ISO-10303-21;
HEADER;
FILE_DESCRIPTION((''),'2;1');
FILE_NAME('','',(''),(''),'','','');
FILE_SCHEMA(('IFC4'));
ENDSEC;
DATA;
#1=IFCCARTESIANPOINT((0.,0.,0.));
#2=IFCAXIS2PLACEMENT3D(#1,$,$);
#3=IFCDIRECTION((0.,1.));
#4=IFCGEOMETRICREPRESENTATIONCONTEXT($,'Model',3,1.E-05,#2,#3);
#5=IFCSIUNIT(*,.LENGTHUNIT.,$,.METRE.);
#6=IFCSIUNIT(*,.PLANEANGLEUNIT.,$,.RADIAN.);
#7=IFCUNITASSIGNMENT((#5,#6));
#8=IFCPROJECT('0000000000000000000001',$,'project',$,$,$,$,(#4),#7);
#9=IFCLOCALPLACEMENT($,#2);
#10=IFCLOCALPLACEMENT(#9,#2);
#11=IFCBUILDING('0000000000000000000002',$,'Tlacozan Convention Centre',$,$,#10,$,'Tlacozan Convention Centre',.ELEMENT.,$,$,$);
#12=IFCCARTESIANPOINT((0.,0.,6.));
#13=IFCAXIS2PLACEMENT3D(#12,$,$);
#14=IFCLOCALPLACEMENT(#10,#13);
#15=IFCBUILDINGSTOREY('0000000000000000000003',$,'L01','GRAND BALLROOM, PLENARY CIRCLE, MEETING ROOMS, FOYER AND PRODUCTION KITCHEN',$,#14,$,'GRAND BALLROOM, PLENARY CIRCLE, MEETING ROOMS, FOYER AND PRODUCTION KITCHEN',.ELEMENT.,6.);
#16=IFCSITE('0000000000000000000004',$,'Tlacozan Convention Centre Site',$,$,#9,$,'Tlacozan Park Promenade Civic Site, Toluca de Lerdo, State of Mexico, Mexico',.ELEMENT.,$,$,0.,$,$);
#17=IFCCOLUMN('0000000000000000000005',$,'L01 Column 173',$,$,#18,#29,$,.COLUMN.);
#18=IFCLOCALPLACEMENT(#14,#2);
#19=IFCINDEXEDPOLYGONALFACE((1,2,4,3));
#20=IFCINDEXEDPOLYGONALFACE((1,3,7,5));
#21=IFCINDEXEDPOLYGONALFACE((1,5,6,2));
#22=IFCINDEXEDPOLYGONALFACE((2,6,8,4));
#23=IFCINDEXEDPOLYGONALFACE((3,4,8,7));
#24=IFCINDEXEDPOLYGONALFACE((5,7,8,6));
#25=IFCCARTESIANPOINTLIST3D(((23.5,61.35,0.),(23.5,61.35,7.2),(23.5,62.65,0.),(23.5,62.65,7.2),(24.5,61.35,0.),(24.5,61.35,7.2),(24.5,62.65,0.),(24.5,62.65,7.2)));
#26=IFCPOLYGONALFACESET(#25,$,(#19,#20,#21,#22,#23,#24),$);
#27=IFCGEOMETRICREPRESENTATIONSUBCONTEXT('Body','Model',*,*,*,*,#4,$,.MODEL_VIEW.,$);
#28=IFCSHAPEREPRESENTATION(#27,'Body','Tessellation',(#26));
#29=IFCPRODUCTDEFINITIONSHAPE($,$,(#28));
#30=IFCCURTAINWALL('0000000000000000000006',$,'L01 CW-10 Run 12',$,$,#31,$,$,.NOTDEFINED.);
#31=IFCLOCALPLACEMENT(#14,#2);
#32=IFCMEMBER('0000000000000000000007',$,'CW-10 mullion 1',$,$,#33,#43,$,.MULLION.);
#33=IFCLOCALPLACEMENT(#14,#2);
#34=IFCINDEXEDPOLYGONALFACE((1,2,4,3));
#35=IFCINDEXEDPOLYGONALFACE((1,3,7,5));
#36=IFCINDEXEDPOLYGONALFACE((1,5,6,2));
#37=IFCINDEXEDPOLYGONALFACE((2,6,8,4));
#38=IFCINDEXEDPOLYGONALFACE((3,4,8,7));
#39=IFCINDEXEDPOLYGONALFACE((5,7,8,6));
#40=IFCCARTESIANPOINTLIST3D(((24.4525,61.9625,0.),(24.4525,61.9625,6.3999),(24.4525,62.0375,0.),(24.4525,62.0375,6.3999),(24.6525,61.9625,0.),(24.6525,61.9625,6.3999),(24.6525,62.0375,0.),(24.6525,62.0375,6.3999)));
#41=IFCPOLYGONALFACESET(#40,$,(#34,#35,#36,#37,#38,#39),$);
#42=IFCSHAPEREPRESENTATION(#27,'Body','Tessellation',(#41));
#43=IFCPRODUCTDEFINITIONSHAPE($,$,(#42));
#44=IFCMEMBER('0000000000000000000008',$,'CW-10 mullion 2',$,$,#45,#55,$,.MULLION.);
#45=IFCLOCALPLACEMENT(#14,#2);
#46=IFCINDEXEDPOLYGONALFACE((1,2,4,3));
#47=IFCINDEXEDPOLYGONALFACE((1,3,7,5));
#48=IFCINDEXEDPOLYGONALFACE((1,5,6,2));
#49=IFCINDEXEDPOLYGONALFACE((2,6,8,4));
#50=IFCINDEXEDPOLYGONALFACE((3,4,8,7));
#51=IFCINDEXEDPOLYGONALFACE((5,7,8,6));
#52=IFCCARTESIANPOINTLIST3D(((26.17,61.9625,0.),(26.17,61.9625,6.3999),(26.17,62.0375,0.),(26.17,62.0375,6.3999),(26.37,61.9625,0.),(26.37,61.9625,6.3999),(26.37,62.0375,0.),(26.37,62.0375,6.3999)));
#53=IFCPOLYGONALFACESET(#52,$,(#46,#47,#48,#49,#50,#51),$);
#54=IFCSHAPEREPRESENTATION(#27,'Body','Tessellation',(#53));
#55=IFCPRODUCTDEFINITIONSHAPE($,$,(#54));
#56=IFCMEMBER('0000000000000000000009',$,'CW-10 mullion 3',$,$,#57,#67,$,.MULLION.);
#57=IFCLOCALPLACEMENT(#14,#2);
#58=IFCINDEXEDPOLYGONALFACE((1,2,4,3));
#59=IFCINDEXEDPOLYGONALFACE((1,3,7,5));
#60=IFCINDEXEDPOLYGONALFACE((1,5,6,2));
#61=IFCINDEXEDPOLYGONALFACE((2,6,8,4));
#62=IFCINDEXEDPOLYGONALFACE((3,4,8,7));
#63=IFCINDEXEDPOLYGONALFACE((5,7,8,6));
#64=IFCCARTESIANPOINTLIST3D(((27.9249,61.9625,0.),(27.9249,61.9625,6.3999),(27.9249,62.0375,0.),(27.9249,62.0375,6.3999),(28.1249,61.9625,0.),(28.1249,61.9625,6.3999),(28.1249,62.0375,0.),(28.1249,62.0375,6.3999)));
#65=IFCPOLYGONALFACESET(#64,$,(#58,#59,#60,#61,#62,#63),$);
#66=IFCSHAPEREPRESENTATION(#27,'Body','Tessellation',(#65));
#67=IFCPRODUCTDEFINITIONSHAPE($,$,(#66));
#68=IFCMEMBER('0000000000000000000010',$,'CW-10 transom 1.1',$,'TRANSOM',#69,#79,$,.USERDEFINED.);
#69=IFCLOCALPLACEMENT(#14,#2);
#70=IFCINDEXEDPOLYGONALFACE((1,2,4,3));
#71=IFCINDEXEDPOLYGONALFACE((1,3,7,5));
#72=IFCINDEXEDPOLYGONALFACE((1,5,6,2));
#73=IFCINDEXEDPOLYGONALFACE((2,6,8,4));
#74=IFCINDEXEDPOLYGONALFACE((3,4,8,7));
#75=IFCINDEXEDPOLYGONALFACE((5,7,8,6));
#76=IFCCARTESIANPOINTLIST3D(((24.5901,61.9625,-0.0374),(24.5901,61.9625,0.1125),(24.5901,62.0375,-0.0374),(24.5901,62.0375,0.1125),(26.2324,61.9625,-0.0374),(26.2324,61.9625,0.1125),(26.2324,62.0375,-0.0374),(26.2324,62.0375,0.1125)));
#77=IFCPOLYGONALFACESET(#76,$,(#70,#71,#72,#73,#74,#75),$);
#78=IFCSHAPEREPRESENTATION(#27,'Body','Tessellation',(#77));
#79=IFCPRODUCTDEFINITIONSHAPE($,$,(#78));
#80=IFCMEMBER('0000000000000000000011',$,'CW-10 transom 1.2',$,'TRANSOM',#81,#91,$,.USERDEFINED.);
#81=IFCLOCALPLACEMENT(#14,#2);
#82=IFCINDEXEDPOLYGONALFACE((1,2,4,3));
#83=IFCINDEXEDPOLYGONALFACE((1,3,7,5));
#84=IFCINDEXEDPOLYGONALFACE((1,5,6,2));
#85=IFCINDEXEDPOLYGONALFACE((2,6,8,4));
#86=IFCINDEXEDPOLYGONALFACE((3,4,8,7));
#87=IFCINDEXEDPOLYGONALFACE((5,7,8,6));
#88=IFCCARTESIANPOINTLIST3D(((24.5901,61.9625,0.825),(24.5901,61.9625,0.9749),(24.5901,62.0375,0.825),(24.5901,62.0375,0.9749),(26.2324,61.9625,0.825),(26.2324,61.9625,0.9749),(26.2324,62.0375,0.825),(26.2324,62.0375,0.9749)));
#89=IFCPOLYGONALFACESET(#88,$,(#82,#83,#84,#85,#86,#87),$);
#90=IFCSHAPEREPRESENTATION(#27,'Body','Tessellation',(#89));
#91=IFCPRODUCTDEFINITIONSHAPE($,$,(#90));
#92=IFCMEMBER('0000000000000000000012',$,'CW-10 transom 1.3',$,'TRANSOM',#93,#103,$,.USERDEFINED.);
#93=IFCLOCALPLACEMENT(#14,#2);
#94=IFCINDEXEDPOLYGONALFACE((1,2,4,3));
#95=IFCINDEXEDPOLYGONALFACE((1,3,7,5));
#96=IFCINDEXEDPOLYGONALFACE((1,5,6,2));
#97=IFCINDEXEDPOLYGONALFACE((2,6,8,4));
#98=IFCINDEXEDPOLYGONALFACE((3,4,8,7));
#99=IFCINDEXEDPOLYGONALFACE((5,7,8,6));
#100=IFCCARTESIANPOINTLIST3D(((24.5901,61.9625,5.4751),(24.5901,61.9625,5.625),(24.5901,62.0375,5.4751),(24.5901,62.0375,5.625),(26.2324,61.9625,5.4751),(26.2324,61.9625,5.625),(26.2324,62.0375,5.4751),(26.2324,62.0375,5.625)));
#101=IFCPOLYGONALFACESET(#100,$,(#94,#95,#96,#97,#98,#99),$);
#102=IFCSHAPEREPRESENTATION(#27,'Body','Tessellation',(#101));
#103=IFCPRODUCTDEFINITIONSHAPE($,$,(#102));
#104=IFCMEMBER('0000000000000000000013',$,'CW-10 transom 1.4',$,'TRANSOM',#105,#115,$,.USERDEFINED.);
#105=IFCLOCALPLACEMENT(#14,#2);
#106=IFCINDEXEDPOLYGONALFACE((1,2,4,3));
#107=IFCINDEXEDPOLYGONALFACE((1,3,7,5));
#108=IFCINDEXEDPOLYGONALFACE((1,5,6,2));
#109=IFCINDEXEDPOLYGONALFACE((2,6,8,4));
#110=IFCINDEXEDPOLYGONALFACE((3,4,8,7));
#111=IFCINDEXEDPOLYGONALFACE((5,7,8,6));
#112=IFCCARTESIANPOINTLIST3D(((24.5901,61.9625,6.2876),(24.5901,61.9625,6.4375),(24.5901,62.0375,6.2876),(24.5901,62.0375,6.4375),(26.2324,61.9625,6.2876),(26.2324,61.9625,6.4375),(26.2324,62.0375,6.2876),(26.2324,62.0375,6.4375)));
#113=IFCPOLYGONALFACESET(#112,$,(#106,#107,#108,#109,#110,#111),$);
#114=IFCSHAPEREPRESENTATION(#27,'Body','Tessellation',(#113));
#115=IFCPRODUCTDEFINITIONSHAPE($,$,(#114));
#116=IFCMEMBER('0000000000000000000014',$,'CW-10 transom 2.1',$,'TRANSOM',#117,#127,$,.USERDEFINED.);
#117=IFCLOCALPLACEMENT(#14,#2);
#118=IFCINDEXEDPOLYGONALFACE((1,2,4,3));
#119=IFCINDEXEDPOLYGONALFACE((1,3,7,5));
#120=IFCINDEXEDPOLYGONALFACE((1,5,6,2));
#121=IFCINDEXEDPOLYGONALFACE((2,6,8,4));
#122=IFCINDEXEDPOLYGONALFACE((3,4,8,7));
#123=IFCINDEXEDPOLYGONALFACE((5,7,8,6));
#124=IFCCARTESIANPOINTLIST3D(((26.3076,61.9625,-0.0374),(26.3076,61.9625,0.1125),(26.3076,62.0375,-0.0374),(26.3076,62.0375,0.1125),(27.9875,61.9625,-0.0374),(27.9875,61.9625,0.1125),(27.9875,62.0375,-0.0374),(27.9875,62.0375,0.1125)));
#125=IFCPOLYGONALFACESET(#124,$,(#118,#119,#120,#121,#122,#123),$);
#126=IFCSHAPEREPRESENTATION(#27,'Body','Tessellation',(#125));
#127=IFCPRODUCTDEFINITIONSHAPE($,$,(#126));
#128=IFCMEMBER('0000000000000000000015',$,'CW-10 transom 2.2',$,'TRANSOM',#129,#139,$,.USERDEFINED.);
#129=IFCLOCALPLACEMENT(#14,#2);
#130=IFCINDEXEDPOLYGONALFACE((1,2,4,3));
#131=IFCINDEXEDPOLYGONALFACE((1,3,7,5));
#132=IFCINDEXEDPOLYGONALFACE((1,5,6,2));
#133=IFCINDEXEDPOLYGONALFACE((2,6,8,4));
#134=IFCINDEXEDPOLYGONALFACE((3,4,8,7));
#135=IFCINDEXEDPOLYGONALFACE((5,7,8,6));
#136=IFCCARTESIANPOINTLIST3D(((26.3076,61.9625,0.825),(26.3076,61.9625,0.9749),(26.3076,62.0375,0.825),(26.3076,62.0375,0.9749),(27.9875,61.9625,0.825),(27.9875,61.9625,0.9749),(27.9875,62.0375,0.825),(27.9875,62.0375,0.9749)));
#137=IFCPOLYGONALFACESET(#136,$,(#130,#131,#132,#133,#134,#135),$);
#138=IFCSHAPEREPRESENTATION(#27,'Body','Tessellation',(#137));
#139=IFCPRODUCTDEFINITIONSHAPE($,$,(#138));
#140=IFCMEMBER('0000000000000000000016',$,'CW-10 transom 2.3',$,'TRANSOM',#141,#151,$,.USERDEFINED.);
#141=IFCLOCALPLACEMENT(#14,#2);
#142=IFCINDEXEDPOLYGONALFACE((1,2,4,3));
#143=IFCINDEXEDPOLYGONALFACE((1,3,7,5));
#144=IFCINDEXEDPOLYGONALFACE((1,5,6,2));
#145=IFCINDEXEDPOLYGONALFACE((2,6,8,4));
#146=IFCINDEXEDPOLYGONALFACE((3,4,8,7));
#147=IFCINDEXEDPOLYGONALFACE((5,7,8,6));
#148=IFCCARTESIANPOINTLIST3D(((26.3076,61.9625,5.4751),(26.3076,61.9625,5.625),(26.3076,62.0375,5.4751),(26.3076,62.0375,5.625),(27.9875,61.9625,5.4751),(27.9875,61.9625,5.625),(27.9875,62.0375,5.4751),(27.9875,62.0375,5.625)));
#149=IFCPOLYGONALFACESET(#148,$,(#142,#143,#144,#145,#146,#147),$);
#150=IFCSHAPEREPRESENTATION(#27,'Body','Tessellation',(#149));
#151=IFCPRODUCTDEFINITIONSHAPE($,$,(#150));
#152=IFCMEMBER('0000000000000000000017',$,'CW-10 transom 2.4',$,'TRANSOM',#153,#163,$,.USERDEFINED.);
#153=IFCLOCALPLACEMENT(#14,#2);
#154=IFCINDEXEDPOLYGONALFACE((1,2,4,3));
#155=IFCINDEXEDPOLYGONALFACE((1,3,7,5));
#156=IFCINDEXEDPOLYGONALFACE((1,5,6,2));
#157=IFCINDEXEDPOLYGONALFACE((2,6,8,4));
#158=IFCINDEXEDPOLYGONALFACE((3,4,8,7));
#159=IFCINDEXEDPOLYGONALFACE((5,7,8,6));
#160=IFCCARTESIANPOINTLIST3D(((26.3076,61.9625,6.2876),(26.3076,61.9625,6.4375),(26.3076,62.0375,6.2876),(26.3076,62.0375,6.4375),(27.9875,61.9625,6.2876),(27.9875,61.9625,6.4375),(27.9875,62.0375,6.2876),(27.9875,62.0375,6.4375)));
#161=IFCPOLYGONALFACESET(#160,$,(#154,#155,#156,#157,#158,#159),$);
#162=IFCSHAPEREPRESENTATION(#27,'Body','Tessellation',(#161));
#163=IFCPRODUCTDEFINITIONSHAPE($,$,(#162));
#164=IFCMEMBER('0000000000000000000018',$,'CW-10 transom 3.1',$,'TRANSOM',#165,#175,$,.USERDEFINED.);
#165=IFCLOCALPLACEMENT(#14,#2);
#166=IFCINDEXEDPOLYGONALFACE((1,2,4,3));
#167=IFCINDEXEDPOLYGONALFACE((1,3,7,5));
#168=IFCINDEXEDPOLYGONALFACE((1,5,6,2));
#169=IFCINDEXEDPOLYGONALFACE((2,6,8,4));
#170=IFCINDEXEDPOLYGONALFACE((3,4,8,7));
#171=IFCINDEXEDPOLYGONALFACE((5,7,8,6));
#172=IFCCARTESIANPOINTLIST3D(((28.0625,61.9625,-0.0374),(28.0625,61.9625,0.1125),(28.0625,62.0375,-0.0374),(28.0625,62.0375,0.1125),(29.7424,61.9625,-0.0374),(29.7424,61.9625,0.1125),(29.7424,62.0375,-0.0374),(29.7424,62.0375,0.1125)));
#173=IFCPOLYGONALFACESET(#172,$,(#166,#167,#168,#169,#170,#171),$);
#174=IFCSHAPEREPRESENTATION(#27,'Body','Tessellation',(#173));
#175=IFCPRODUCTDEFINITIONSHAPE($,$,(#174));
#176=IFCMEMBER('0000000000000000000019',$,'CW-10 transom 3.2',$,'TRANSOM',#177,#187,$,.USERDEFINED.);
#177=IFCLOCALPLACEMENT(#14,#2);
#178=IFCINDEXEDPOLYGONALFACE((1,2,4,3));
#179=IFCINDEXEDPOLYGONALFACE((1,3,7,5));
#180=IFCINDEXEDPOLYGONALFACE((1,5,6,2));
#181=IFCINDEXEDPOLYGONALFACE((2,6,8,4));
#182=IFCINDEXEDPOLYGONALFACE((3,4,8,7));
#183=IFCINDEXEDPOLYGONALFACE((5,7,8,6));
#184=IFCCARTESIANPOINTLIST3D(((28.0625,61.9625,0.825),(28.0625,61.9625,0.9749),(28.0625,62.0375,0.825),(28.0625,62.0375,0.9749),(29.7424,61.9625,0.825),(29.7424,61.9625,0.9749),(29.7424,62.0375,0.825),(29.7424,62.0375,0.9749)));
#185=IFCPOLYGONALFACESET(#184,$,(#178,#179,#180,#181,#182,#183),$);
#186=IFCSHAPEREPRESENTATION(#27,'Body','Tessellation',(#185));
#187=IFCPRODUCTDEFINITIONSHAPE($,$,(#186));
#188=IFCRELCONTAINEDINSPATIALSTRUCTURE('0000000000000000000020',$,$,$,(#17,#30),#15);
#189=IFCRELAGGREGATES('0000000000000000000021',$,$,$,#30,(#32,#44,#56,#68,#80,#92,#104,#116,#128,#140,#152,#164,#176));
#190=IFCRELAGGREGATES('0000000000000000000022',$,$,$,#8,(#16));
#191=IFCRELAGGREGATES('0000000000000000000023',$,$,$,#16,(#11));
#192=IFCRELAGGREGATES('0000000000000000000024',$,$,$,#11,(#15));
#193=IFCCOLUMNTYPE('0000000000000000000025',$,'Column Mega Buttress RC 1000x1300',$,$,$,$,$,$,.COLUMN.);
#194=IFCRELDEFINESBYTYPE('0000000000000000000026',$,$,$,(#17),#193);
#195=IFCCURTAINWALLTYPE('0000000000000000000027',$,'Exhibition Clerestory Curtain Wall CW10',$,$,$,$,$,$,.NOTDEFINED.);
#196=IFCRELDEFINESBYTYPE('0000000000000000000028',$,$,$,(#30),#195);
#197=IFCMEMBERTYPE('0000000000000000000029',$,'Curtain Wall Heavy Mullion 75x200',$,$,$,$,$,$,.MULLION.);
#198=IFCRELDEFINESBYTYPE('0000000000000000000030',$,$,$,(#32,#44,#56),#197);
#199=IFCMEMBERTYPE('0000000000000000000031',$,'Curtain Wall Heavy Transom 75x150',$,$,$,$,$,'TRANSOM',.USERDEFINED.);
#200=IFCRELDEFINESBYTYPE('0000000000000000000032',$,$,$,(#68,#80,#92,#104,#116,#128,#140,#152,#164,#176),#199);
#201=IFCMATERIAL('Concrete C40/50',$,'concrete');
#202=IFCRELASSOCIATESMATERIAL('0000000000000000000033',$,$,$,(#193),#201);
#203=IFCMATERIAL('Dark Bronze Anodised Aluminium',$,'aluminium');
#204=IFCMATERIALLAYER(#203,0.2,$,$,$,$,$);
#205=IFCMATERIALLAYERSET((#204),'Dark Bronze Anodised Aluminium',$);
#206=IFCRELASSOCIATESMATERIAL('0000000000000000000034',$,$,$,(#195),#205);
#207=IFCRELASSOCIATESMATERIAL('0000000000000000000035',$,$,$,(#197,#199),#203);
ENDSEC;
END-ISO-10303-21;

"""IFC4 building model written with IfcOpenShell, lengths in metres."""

from ifc_helpers import new_model, si_unit, direction, frame, origin, origin_2d, place, context, subcontext, project, spatial, rectangle, extrude, material, layer, layer_set, material_profile, profile_set, type_object, element, aggregate, save


model = new_model("IFC4")

# Units and contexts
model_context = context("Model", 3, precision=1e-05, world=origin(), true_north=direction((0.0, 1.0)))
body_context = subcontext(model_context, "Body", "Model", "MODEL_VIEW")
ifc_project = project(units=[si_unit("LENGTHUNIT", "METRE"), si_unit("PLANEANGLEUNIT", "RADIAN")], contexts=[model_context])

# Site, building, storey
site_placement = place(None, origin())
site = spatial("IfcSite", under=ifc_project, at=site_placement, Name="Tlacozan Convention Centre Site", LongName="Tlacozan Park Promenade Civic Site, Toluca de Lerdo, State of Mexico, Mexico", CompositionType="ELEMENT", RefElevation=0.0)
building_placement = place(site_placement, origin())
building = spatial("IfcBuilding", under=site, at=building_placement, Name="Tlacozan Convention Centre", LongName="Tlacozan Convention Centre", CompositionType="ELEMENT")
storey_placement = place(building_placement, frame((0.0, 0.0, 6.0)))
storey = spatial("IfcBuildingStorey", under=building, at=storey_placement, Name="L01", Description="GRAND BALLROOM, PLENARY CIRCLE, MEETING ROOMS, FOYER AND PRODUCTION KITCHEN", LongName="GRAND BALLROOM, PLENARY CIRCLE, MEETING ROOMS, FOYER AND PRODUCTION KITCHEN", CompositionType="ELEMENT", Elevation=6.0)

# Column
ifc_material_1 = material(Name="Concrete C40/50", Category="concrete")
ifc_material_profile_1 = material_profile(ifc_material_1, rectangle(XDim=1.0, YDim=1.3, at=origin_2d()), Name="RC 1000x1300")
ifc_profile_set_1 = profile_set([ifc_material_profile_1], Name="Concrete C40/50")
column_type = type_object("IfcColumnType", Name="Column Mega Buttress RC 1000x1300", PredefinedType="COLUMN", material=ifc_profile_set_1)
column_placement = place(storey_placement, frame((24.0, 62.0, 0.0), z_axis=(0.0, 0.0, 1.0), x_axis=(1.0, 0.0, 0.0)))
element("IfcColumn", 1, at=column_placement, inside=storey, type_object=column_type, Name="L01 Column 173", PredefinedType="COLUMN", context=body_context, shape_type="SweptSolid", body=[
    extrude(rectangle(XDim=1.0, YDim=1.3, at=origin_2d()), origin(), (0.0, 0.0, 1.0), 7.2),
])

# Curtain wall, members
ifc_material_2 = material(Name="Dark Bronze Anodised Aluminium", Category="aluminium")
ifc_layer_1 = layer(ifc_material_2, 0.2)
ifc_layer_set_1 = layer_set([ifc_layer_1], Name="Dark Bronze Anodised Aluminium")
curtain_wall_type = type_object("IfcCurtainWallType", Name="Exhibition Clerestory Curtain Wall CW10", PredefinedType="NOTDEFINED", material=ifc_layer_set_1)
curtain_wall_placement = place(storey_placement, origin())
curtain_wall = element("IfcCurtainWall", 2, at=curtain_wall_placement, inside=storey, type_object=curtain_wall_type, Name="L01 CW-10 Run 12", PredefinedType="NOTDEFINED")
ifc_material_profile_2 = material_profile(ifc_material_2, rectangle(XDim=0.075, YDim=0.2, at=origin_2d()), Name="ALU 75x200")
ifc_profile_set_2 = profile_set([ifc_material_profile_2], Name="Dark Bronze Anodised Aluminium")
member_type_1 = type_object("IfcMemberType", Name="Curtain Wall Heavy Mullion 75x200", PredefinedType="MULLION", material=ifc_profile_set_2)
member_1_placement = place(storey_placement, frame((24.5525, 62.0, 0.0), z_axis=(0.0, 0.0, 1.0), x_axis=(0.0, 1.0, 0.0)))
member_1 = element("IfcMember", 3, at=member_1_placement, type_object=member_type_1, Name="CW-10 mullion 1", PredefinedType="MULLION", context=body_context, shape_type="SweptSolid", body=[
    extrude(rectangle(XDim=0.075, YDim=0.2, at=origin_2d()), origin(), (0.0, 0.0, 1.0), 6.3999),
])
member_2_placement = place(storey_placement, frame((26.27, 62.0, 0.0), z_axis=(0.0, 0.0, 1.0), x_axis=(0.0, 1.0, 0.0)))
member_2 = element("IfcMember", 4, at=member_2_placement, type_object=member_type_1, Name="CW-10 mullion 2", PredefinedType="MULLION", context=body_context, shape_type="SweptSolid", body=[
    extrude(rectangle(XDim=0.075, YDim=0.2, at=origin_2d()), origin(), (0.0, 0.0, 1.0), 6.3999),
])
member_3_placement = place(storey_placement, frame((28.0249, 62.0, 0.0), z_axis=(0.0, 0.0, 1.0), x_axis=(0.0, 1.0, 0.0)))
member_3 = element("IfcMember", 5, at=member_3_placement, type_object=member_type_1, Name="CW-10 mullion 3", PredefinedType="MULLION", context=body_context, shape_type="SweptSolid", body=[
    extrude(rectangle(XDim=0.075, YDim=0.2, at=origin_2d()), origin(), (0.0, 0.0, 1.0), 6.3999),
])
ifc_material_profile_3 = material_profile(ifc_material_2, rectangle(XDim=0.075, YDim=0.1499, at=origin_2d()), Name="ALU 75x150")
ifc_profile_set_3 = profile_set([ifc_material_profile_3], Name="Dark Bronze Anodised Aluminium")
member_type_2 = type_object("IfcMemberType", Name="Curtain Wall Heavy Transom 75x150", ElementType="TRANSOM", PredefinedType="USERDEFINED", material=ifc_profile_set_3)
member_4_placement = place(storey_placement, frame((24.5901, 62.0, 0.0376), z_axis=(1.0, 0.0, 0.0), x_axis=(0.0, 1.0, 0.0)))
member_4 = element("IfcMember", 6, at=member_4_placement, type_object=member_type_2, Name="CW-10 transom 1.1", ObjectType="TRANSOM", PredefinedType="USERDEFINED", context=body_context, shape_type="SweptSolid", body=[
    extrude(rectangle(XDim=0.075, YDim=0.1499, at=origin_2d()), origin(), (0.0, 0.0, 1.0), 1.6423),
])
member_5_placement = place(storey_placement, frame((24.5901, 62.0, 0.8999), z_axis=(1.0, 0.0, 0.0), x_axis=(0.0, 1.0, 0.0)))
member_5 = element("IfcMember", 7, at=member_5_placement, type_object=member_type_2, Name="CW-10 transom 1.2", ObjectType="TRANSOM", PredefinedType="USERDEFINED", context=body_context, shape_type="SweptSolid", body=[
    extrude(rectangle(XDim=0.075, YDim=0.1499, at=origin_2d()), origin(), (0.0, 0.0, 1.0), 1.6423),
])
member_6_placement = place(storey_placement, frame((24.5901, 62.0, 5.55), z_axis=(1.0, 0.0, 0.0), x_axis=(0.0, 1.0, 0.0)))
member_6 = element("IfcMember", 8, at=member_6_placement, type_object=member_type_2, Name="CW-10 transom 1.3", ObjectType="TRANSOM", PredefinedType="USERDEFINED", context=body_context, shape_type="SweptSolid", body=[
    extrude(rectangle(XDim=0.075, YDim=0.1499, at=origin_2d()), origin(), (0.0, 0.0, 1.0), 1.6423),
])
member_7_placement = place(storey_placement, frame((24.5901, 62.0, 6.3625), z_axis=(1.0, 0.0, 0.0), x_axis=(0.0, 1.0, 0.0)))
member_7 = element("IfcMember", 9, at=member_7_placement, type_object=member_type_2, Name="CW-10 transom 1.4", ObjectType="TRANSOM", PredefinedType="USERDEFINED", context=body_context, shape_type="SweptSolid", body=[
    extrude(rectangle(XDim=0.075, YDim=0.1499, at=origin_2d()), origin(), (0.0, 0.0, 1.0), 1.6423),
])
member_8_placement = place(storey_placement, frame((26.3076, 62.0, 0.0376), z_axis=(1.0, 0.0, 0.0), x_axis=(0.0, 1.0, 0.0)))
member_8 = element("IfcMember", 10, at=member_8_placement, type_object=member_type_2, Name="CW-10 transom 2.1", ObjectType="TRANSOM", PredefinedType="USERDEFINED", context=body_context, shape_type="SweptSolid", body=[
    extrude(rectangle(XDim=0.075, YDim=0.1499, at=origin_2d()), origin(), (0.0, 0.0, 1.0), 1.6799),
])
member_9_placement = place(storey_placement, frame((26.3076, 62.0, 0.8999), z_axis=(1.0, 0.0, 0.0), x_axis=(0.0, 1.0, 0.0)))
member_9 = element("IfcMember", 11, at=member_9_placement, type_object=member_type_2, Name="CW-10 transom 2.2", ObjectType="TRANSOM", PredefinedType="USERDEFINED", context=body_context, shape_type="SweptSolid", body=[
    extrude(rectangle(XDim=0.075, YDim=0.1499, at=origin_2d()), origin(), (0.0, 0.0, 1.0), 1.6799),
])
member_10_placement = place(storey_placement, frame((26.3076, 62.0, 5.55), z_axis=(1.0, 0.0, 0.0), x_axis=(0.0, 1.0, 0.0)))
member_10 = element("IfcMember", 12, at=member_10_placement, type_object=member_type_2, Name="CW-10 transom 2.3", ObjectType="TRANSOM", PredefinedType="USERDEFINED", context=body_context, shape_type="SweptSolid", body=[
    extrude(rectangle(XDim=0.075, YDim=0.1499, at=origin_2d()), origin(), (0.0, 0.0, 1.0), 1.6799),
])
member_11_placement = place(storey_placement, frame((26.3076, 62.0, 6.3625), z_axis=(1.0, 0.0, 0.0), x_axis=(0.0, 1.0, 0.0)))
member_11 = element("IfcMember", 13, at=member_11_placement, type_object=member_type_2, Name="CW-10 transom 2.4", ObjectType="TRANSOM", PredefinedType="USERDEFINED", context=body_context, shape_type="SweptSolid", body=[
    extrude(rectangle(XDim=0.075, YDim=0.1499, at=origin_2d()), origin(), (0.0, 0.0, 1.0), 1.6799),
])
member_12_placement = place(storey_placement, frame((28.0625, 62.0, 0.0376), z_axis=(1.0, 0.0, 0.0), x_axis=(0.0, 1.0, 0.0)))
member_12 = element("IfcMember", 14, at=member_12_placement, type_object=member_type_2, Name="CW-10 transom 3.1", ObjectType="TRANSOM", PredefinedType="USERDEFINED", context=body_context, shape_type="SweptSolid", body=[
    extrude(rectangle(XDim=0.075, YDim=0.1499, at=origin_2d()), origin(), (0.0, 0.0, 1.0), 1.6799),
])
member_13_placement = place(storey_placement, frame((28.0625, 62.0, 0.8999), z_axis=(1.0, 0.0, 0.0), x_axis=(0.0, 1.0, 0.0)))
member_13 = element("IfcMember", 15, at=member_13_placement, type_object=member_type_2, Name="CW-10 transom 3.2", ObjectType="TRANSOM", PredefinedType="USERDEFINED", context=body_context, shape_type="SweptSolid", body=[
    extrude(rectangle(XDim=0.075, YDim=0.1499, at=origin_2d()), origin(), (0.0, 0.0, 1.0), 1.6799),
])
aggregate(curtain_wall, [member_1, member_2, member_3, member_4, member_5, member_6, member_7, member_8, member_9, member_10, member_11, member_12, member_13])

save(model, "model.ifc")
